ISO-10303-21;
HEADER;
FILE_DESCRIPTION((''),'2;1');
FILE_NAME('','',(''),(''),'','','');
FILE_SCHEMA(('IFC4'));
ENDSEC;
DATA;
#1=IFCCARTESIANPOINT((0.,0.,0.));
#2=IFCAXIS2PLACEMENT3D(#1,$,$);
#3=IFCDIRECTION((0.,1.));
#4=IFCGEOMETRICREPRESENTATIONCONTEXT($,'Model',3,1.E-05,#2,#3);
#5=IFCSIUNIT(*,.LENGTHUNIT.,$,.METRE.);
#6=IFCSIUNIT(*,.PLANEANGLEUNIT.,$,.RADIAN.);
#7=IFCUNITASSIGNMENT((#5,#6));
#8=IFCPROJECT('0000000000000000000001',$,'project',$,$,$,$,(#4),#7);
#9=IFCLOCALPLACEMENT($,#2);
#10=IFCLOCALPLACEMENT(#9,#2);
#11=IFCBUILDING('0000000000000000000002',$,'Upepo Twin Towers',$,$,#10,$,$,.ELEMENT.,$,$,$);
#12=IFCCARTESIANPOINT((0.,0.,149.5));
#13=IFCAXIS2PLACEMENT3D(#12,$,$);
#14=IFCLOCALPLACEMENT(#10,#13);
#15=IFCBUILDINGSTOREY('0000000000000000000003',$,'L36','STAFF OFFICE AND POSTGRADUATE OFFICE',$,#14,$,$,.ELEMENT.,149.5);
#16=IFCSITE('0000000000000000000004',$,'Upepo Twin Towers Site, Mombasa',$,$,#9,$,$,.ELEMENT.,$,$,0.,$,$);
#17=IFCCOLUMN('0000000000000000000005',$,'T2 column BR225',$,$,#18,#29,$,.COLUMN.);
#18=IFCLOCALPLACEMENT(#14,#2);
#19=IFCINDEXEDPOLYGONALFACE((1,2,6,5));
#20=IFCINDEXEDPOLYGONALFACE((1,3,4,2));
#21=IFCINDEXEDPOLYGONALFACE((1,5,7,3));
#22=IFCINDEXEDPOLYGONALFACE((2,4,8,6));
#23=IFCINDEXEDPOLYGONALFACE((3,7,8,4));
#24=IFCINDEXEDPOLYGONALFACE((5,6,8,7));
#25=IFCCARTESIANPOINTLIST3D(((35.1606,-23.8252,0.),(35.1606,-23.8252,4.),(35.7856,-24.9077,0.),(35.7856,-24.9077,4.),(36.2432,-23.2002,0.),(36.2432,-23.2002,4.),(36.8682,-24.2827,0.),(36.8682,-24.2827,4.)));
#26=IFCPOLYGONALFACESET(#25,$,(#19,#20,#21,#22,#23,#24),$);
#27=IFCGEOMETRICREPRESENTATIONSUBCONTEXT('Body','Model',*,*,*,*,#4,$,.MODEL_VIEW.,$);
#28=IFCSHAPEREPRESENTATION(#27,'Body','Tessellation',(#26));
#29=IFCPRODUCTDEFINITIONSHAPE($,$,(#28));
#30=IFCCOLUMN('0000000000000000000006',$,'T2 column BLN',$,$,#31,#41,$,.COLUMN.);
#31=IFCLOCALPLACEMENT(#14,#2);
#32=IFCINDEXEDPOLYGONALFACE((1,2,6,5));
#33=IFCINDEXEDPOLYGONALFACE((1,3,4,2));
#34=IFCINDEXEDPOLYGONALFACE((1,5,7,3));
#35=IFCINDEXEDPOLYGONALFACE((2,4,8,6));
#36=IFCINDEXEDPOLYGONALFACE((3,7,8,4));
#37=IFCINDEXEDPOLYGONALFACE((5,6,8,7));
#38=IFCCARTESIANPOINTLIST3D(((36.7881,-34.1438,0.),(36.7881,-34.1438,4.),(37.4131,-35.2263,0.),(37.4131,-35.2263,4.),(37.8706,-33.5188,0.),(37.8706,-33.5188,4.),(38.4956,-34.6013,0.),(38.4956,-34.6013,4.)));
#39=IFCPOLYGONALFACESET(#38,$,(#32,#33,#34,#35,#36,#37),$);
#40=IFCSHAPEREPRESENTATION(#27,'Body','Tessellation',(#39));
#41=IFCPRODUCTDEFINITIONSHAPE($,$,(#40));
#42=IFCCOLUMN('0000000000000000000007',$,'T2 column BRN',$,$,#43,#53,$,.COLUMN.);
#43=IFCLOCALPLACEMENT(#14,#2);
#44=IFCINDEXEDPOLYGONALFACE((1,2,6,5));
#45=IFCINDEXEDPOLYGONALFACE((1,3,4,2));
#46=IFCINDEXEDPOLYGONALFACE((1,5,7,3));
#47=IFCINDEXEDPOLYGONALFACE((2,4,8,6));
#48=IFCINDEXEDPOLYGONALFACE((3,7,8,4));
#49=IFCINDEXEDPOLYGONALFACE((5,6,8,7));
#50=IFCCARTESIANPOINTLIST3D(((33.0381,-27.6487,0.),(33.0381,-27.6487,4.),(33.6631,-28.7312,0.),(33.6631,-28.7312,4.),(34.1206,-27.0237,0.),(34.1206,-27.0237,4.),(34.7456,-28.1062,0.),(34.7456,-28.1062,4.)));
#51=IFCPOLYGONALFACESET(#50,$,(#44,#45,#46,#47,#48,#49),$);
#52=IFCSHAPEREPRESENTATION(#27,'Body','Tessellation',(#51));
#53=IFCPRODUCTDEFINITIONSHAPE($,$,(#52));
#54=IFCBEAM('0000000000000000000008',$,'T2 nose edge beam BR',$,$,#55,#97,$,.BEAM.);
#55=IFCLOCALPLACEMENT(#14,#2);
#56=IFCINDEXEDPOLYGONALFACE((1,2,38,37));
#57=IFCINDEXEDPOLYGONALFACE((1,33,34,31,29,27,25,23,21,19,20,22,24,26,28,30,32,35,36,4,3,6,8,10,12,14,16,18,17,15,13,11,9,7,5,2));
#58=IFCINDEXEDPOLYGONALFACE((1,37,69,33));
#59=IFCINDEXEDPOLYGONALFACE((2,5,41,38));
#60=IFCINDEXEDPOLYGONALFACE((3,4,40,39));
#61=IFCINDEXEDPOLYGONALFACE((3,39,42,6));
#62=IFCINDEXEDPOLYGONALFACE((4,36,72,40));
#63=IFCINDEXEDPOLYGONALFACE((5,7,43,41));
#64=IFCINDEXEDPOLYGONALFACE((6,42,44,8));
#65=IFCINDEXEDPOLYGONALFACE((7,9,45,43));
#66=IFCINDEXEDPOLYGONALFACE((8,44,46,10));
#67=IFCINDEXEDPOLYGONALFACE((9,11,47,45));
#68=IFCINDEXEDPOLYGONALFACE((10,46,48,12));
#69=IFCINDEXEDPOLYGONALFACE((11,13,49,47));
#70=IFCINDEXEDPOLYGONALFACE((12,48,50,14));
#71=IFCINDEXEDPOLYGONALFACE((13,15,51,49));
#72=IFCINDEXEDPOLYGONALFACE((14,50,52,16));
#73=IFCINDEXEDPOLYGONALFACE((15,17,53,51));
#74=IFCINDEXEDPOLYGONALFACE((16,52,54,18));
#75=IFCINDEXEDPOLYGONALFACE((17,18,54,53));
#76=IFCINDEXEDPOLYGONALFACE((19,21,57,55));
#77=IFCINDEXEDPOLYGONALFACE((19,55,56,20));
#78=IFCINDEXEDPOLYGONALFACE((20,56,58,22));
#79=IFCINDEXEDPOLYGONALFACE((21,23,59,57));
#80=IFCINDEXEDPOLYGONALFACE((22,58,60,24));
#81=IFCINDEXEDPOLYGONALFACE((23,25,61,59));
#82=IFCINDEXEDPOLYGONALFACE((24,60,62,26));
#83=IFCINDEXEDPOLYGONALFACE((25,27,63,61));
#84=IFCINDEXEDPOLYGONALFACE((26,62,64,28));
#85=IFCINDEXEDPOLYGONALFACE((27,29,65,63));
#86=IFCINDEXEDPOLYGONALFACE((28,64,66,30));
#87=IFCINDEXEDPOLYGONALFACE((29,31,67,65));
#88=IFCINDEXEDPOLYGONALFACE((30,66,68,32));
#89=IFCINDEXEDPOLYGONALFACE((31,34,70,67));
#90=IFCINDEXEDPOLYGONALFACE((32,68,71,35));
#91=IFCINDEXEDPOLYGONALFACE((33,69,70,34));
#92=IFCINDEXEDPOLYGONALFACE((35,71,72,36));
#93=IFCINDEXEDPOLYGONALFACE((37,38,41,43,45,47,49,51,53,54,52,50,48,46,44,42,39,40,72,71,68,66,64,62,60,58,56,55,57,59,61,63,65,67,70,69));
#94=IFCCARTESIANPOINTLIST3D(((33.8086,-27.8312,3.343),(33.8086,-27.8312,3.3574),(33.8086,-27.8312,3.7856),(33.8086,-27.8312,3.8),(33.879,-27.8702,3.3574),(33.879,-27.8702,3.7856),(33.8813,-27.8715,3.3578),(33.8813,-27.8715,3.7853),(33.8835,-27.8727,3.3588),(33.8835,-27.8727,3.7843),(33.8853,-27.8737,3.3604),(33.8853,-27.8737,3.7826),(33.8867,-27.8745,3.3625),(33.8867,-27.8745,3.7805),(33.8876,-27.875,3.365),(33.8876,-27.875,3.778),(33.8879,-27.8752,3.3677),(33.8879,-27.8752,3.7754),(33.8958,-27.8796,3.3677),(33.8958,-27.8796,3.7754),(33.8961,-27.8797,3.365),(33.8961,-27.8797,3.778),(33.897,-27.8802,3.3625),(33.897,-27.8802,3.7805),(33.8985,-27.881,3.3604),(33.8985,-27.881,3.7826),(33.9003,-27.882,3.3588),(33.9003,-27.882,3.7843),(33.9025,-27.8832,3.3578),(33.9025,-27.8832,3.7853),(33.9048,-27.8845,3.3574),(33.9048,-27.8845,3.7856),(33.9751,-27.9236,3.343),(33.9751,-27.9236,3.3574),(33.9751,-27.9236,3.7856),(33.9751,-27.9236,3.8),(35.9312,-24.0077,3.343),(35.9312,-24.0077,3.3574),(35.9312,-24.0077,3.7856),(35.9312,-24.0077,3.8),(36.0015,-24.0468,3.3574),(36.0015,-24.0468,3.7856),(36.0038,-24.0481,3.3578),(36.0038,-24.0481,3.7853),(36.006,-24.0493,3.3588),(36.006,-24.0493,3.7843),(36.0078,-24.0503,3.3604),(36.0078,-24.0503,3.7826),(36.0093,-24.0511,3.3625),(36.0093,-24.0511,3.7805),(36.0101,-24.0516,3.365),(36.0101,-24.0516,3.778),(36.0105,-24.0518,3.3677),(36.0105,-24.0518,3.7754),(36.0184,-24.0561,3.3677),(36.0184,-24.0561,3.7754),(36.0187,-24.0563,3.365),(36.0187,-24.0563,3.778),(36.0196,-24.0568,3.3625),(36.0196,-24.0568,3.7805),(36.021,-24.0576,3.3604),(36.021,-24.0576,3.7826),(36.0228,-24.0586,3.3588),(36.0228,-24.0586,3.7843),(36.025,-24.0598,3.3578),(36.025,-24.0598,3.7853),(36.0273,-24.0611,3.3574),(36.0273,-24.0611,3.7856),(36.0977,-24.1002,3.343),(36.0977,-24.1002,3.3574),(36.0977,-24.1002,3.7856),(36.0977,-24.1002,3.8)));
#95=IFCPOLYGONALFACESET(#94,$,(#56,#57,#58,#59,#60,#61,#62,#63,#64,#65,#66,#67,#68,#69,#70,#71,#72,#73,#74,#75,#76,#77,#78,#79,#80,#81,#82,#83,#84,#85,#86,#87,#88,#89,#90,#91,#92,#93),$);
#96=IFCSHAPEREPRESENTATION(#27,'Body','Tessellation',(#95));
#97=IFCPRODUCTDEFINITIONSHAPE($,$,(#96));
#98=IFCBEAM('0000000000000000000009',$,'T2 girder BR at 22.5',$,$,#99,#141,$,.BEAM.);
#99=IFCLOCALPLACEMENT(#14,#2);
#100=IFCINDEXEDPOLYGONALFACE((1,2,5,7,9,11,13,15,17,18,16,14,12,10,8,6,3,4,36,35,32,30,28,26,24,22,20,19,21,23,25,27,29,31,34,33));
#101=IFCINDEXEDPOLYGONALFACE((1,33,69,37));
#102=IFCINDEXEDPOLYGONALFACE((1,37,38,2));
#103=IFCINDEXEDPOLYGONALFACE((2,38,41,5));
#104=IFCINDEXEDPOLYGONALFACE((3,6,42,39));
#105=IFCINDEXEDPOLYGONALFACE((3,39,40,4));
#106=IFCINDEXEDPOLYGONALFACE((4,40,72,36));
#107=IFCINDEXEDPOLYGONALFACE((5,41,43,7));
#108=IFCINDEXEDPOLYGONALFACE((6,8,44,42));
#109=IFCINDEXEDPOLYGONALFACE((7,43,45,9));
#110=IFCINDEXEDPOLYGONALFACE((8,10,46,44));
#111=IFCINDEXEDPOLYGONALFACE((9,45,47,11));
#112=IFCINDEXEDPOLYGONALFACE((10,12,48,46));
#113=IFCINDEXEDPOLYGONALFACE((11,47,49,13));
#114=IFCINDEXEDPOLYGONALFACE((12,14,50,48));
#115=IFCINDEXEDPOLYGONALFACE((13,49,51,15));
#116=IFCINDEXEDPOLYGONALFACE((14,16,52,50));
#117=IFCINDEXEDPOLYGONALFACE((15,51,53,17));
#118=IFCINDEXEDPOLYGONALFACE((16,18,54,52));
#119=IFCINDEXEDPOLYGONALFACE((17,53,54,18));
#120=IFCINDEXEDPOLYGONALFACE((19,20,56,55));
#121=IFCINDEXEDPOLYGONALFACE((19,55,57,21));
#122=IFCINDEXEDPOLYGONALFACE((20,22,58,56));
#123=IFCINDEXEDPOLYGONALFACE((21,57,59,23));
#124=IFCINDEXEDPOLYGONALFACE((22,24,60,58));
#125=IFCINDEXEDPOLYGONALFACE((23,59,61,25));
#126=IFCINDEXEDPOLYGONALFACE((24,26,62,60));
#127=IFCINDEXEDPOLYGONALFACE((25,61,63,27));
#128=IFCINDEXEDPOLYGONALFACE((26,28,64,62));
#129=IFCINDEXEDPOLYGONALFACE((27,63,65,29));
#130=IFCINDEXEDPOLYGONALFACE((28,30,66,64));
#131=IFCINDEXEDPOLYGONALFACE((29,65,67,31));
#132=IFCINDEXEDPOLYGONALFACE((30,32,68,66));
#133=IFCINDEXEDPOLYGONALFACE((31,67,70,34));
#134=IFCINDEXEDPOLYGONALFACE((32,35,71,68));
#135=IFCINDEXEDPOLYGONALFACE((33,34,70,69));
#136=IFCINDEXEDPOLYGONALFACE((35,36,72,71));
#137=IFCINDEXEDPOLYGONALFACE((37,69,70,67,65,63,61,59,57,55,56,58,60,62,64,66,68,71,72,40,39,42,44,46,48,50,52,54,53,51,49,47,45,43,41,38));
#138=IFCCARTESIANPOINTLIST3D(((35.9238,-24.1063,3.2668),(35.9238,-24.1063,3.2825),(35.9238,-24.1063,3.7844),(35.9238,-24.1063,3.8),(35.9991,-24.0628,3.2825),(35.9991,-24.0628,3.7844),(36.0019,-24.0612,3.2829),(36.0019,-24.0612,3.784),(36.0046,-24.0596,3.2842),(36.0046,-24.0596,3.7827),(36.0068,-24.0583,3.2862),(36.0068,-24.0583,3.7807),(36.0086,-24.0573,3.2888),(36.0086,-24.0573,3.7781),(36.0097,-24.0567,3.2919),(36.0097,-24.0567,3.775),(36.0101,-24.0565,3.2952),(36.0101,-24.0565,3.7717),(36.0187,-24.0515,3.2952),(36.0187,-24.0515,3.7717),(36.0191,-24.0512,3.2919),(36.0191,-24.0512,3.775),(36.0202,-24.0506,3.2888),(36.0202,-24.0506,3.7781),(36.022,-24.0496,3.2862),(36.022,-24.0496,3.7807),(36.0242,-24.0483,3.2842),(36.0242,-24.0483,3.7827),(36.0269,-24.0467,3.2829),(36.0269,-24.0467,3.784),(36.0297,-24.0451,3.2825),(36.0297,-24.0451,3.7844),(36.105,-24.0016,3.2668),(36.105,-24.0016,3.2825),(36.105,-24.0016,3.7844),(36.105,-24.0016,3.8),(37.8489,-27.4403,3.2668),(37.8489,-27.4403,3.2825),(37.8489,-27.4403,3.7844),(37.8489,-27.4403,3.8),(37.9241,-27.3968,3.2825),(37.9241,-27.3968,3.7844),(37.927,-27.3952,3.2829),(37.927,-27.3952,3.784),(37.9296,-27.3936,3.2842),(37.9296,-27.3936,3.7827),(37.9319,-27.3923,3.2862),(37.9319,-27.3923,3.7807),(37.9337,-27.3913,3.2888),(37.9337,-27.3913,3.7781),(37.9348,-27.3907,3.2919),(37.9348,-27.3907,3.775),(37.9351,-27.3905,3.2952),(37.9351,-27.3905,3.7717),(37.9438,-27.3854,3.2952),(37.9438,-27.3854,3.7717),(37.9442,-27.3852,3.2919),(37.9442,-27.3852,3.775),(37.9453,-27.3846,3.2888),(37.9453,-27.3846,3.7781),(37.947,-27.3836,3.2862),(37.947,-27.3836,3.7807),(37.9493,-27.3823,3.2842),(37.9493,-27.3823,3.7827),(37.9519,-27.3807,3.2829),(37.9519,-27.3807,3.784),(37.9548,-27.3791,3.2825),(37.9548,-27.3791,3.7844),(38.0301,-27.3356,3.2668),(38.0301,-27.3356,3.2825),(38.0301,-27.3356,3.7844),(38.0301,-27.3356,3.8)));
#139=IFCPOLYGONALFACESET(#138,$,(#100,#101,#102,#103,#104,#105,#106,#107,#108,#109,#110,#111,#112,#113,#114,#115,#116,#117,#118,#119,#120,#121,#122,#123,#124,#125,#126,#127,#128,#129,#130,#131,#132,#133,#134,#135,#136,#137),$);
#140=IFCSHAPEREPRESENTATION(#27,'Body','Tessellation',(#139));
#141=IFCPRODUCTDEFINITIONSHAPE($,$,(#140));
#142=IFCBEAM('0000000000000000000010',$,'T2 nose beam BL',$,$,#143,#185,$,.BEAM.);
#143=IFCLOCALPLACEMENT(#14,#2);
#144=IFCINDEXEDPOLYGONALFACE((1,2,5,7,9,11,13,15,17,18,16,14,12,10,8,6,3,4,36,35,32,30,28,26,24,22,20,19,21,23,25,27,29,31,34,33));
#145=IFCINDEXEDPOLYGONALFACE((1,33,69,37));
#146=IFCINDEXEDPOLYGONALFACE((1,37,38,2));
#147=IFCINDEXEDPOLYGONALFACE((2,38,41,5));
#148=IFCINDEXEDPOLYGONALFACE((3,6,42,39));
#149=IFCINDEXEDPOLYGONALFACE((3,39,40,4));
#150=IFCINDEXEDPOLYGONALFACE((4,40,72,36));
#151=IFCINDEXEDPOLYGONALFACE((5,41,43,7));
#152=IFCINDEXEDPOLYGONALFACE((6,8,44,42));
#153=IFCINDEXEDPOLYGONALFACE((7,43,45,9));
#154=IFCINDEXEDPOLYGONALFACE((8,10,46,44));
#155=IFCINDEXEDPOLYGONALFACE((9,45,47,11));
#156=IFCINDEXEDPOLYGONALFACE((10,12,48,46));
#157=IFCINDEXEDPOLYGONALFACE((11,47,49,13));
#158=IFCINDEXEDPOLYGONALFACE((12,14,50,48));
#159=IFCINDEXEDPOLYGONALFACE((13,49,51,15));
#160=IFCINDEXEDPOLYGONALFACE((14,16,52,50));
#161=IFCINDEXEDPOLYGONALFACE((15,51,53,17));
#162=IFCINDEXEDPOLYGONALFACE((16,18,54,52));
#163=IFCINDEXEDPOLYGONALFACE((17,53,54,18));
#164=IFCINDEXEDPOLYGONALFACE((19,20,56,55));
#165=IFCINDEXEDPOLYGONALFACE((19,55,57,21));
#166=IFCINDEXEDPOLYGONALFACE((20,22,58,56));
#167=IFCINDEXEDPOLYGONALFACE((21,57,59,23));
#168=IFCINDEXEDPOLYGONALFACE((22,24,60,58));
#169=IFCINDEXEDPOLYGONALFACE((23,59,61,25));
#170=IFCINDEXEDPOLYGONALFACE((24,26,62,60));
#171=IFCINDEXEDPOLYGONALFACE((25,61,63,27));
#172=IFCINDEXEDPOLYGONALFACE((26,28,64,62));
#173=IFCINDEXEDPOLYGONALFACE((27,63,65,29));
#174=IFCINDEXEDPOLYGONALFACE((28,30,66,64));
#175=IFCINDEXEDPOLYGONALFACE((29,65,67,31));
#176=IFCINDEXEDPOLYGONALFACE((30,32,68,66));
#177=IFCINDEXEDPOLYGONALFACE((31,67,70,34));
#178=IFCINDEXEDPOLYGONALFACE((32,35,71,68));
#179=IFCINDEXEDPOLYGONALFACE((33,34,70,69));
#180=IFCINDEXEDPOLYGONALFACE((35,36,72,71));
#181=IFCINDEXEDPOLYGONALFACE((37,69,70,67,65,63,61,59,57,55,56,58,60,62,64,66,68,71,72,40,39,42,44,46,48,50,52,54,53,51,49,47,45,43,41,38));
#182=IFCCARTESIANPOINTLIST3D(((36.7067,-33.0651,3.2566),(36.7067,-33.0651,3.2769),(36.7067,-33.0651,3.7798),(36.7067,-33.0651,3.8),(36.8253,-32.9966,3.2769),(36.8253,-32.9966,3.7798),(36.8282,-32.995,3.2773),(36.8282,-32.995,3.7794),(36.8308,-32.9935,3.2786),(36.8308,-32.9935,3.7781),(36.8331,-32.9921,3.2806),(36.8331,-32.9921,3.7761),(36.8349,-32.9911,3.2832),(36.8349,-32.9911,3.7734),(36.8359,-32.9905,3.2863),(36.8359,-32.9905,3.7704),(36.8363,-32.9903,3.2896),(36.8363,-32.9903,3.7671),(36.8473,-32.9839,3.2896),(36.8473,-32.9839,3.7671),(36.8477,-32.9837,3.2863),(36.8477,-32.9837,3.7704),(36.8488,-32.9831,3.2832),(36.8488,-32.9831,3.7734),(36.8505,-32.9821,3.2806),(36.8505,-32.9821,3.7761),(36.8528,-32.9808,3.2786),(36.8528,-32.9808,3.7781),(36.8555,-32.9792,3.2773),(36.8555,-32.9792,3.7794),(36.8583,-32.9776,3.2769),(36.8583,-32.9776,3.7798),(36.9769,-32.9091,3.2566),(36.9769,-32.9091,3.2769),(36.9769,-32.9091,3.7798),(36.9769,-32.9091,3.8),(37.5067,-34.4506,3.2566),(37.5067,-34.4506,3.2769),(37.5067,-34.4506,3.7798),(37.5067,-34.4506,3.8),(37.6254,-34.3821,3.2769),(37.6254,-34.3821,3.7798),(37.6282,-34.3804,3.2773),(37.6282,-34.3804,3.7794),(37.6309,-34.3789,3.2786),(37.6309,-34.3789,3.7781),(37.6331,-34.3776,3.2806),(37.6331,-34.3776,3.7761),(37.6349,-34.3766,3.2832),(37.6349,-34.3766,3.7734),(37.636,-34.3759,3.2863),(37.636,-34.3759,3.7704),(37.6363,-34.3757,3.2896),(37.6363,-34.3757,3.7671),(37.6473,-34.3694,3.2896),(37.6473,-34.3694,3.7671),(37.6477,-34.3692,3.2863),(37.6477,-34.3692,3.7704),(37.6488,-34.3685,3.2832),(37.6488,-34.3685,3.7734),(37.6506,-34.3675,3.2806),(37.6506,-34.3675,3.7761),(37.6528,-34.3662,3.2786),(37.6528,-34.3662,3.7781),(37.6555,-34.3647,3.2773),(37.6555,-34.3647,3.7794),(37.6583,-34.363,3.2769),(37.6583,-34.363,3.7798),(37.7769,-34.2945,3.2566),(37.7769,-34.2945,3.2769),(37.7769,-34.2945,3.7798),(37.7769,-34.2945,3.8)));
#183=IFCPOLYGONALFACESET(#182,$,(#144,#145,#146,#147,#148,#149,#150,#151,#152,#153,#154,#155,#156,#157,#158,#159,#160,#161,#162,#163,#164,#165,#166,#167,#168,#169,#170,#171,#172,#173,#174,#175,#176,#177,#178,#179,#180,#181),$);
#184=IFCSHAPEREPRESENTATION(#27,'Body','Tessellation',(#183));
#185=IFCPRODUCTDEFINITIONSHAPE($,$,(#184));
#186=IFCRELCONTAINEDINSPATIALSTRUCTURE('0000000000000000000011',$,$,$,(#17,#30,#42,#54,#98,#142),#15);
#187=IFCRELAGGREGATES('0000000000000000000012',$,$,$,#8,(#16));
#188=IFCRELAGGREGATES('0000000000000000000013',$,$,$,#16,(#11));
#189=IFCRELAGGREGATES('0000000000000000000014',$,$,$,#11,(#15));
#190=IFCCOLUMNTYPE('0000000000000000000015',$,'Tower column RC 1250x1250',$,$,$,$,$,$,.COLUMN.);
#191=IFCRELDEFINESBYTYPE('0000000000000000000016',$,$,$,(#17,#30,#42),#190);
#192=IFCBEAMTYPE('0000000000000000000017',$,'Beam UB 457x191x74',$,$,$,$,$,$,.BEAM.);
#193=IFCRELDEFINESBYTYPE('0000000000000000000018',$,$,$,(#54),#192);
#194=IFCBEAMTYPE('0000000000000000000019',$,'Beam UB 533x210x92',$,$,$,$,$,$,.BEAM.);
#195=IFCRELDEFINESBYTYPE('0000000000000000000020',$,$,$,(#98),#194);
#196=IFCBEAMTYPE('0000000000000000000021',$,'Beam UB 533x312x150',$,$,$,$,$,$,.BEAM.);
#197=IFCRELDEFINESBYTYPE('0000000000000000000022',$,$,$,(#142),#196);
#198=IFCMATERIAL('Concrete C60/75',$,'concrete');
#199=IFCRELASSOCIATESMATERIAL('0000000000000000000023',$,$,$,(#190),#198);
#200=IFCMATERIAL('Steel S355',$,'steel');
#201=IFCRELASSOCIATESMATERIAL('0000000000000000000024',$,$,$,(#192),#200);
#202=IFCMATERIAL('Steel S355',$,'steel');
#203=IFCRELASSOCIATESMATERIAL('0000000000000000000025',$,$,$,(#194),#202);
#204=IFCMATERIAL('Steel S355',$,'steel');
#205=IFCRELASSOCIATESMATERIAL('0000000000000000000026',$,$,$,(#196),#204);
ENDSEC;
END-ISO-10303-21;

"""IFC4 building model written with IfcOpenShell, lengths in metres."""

from ifc_helpers import new_model, si_unit, direction, frame, origin, origin_2d, place, context, subcontext, project, spatial, rectangle, i_section, extrude, material, material_profile, profile_set, type_object, element, save


model = new_model("IFC4")

# Units and contexts
model_context = context("Model", 3, precision=1e-05, world=origin(), true_north=direction((0.0, 1.0)))
body_context = subcontext(model_context, "Body", "Model", "MODEL_VIEW")
ifc_project = project(units=[si_unit("LENGTHUNIT", "METRE"), si_unit("PLANEANGLEUNIT", "RADIAN")], contexts=[model_context])

# Site, building, storey
site_placement = place(None, origin())
site = spatial("IfcSite", under=ifc_project, at=site_placement, Name="Upepo Twin Towers Site, Mombasa", CompositionType="ELEMENT", RefElevation=0.0)
building_placement = place(site_placement, origin())
building = spatial("IfcBuilding", under=site, at=building_placement, Name="Upepo Twin Towers", CompositionType="ELEMENT")
storey_placement = place(building_placement, frame((0.0, 0.0, 149.5)))
storey = spatial("IfcBuildingStorey", under=building, at=storey_placement, Name="L36", Description="STAFF OFFICE AND POSTGRADUATE OFFICE", CompositionType="ELEMENT", Elevation=149.5)

# Columns
ifc_material_1 = material(Name="Concrete C60/75", Category="concrete")
ifc_material_profile_1 = material_profile(ifc_material_1, rectangle(XDim=1.25, YDim=1.25, at=origin_2d()), Name="RC 1250x1250")
ifc_profile_set_1 = profile_set([ifc_material_profile_1], Name="Concrete C60/75")
column_type = type_object("IfcColumnType", Name="Tower column RC 1250x1250", PredefinedType="COLUMN", material=ifc_profile_set_1)
for number, where, z_axis, x_axis, name in (
    (1, (36.0144, -24.054, 0.0), (0.0, 0.0, 1.0), (0.866025, 0.5, 0.0), "T2 column BR225"),
    (2, (37.6418, -34.3726, 0.0), (0.0, 0.0, 1.0), (0.866025, 0.5, 0.0), "T2 column BLN"),
    (3, (33.8918, -27.8774, 0.0), (0.0, 0.0, 1.0), (0.866025, 0.5, 0.0), "T2 column BRN"),
):
    element("IfcColumn", number, at=place(storey_placement, frame(where, z_axis=z_axis, x_axis=x_axis)), inside=storey, type_object=column_type, Name=name, PredefinedType="COLUMN", context=body_context, shape_type="SweptSolid", body=[
        extrude(rectangle(XDim=1.25, YDim=1.25, at=origin_2d()), origin(), (0.0, 0.0, 1.0), 4.0),
    ])

# Beams
ifc_material_2 = material(Name="Steel S355", Category="steel")
ifc_material_profile_2 = material_profile(ifc_material_2, i_section(OverallWidth=0.1904, OverallDepth=0.457, WebThickness=0.009, FlangeThickness=0.0144, FilletRadius=0.0103, at=origin_2d()), Name="UB 457x191x74")
ifc_profile_set_2 = profile_set([ifc_material_profile_2], Name="Steel S355")
beam_type_1 = type_object("IfcBeamType", Name="Beam UB 457x191x74", PredefinedType="BEAM", material=ifc_profile_set_2)
beam_1_placement = place(storey_placement, frame((36.0144, -24.054, 3.5715), z_axis=(-0.485363, -0.874313, 0.0), x_axis=(0.874313, -0.485363, 0.0)))
element("IfcBeam", 4, at=beam_1_placement, inside=storey, type_object=beam_type_1, Name="T2 nose edge beam BR", PredefinedType="BEAM", context=body_context, shape_type="SweptSolid", body=[
    extrude(i_section(OverallWidth=0.1904, OverallDepth=0.457, WebThickness=0.009, FlangeThickness=0.0144, FilletRadius=0.0103, at=origin_2d()), origin(), (0.0, 0.0, 1.0), 4.373),
])
ifc_material_3 = material(Name="Steel S355", Category="steel")
ifc_material_profile_3 = material_profile(ifc_material_3, i_section(OverallWidth=0.2092, OverallDepth=0.5332, WebThickness=0.01, FlangeThickness=0.0156, FilletRadius=0.0127, at=origin_2d()), Name="UB 533x210x92")
ifc_profile_set_3 = profile_set([ifc_material_profile_3], Name="Steel S355")
beam_type_2 = type_object("IfcBeamType", Name="Beam UB 533x210x92", PredefinedType="BEAM", material=ifc_profile_set_3)
beam_2_placement = place(storey_placement, frame((36.0144, -24.054, 3.5334), z_axis=(0.500034, -0.866006, 0.0), x_axis=(0.866006, 0.500034, 0.0)))
element("IfcBeam", 5, at=beam_2_placement, inside=storey, type_object=beam_type_2, Name="T2 girder BR at 22.5", PredefinedType="BEAM", context=body_context, shape_type="SweptSolid", body=[
    extrude(i_section(OverallWidth=0.2092, OverallDepth=0.5332, WebThickness=0.01, FlangeThickness=0.0156, FilletRadius=0.0127, at=origin_2d()), origin(), (0.0, 0.0, 1.0), 3.8499),
])
ifc_material_4 = material(Name="Steel S355", Category="steel")
ifc_material_profile_4 = material_profile(ifc_material_4, i_section(OverallWidth=0.312, OverallDepth=0.5435, WebThickness=0.0127, FlangeThickness=0.0203, FilletRadius=0.0127, at=origin_2d()), Name="UB 533x312x150")
ifc_profile_set_4 = profile_set([ifc_material_profile_4], Name="Steel S355")
beam_type_3 = type_object("IfcBeamType", Name="Beam UB 533x312x150", PredefinedType="BEAM", material=ifc_profile_set_4)
for number, where, z_axis, x_axis, name in (
    (6, (37.6418, -34.3726, 3.5283), (-0.500061, 0.86599, 0.0), (-0.86599, -0.500061, 0.0), "T2 nose beam BL"),
):
    element("IfcBeam", number, at=place(storey_placement, frame(where, z_axis=z_axis, x_axis=x_axis)), inside=storey, type_object=beam_type_3, Name=name, PredefinedType="BEAM", context=body_context, shape_type="SweptSolid", body=[
        extrude(i_section(OverallWidth=0.312, OverallDepth=0.5435, WebThickness=0.0127, FlangeThickness=0.0203, FilletRadius=0.0127, at=origin_2d()), origin(), (0.0, 0.0, 1.0), 1.5999),
    ])

save(model, "model.ifc")
